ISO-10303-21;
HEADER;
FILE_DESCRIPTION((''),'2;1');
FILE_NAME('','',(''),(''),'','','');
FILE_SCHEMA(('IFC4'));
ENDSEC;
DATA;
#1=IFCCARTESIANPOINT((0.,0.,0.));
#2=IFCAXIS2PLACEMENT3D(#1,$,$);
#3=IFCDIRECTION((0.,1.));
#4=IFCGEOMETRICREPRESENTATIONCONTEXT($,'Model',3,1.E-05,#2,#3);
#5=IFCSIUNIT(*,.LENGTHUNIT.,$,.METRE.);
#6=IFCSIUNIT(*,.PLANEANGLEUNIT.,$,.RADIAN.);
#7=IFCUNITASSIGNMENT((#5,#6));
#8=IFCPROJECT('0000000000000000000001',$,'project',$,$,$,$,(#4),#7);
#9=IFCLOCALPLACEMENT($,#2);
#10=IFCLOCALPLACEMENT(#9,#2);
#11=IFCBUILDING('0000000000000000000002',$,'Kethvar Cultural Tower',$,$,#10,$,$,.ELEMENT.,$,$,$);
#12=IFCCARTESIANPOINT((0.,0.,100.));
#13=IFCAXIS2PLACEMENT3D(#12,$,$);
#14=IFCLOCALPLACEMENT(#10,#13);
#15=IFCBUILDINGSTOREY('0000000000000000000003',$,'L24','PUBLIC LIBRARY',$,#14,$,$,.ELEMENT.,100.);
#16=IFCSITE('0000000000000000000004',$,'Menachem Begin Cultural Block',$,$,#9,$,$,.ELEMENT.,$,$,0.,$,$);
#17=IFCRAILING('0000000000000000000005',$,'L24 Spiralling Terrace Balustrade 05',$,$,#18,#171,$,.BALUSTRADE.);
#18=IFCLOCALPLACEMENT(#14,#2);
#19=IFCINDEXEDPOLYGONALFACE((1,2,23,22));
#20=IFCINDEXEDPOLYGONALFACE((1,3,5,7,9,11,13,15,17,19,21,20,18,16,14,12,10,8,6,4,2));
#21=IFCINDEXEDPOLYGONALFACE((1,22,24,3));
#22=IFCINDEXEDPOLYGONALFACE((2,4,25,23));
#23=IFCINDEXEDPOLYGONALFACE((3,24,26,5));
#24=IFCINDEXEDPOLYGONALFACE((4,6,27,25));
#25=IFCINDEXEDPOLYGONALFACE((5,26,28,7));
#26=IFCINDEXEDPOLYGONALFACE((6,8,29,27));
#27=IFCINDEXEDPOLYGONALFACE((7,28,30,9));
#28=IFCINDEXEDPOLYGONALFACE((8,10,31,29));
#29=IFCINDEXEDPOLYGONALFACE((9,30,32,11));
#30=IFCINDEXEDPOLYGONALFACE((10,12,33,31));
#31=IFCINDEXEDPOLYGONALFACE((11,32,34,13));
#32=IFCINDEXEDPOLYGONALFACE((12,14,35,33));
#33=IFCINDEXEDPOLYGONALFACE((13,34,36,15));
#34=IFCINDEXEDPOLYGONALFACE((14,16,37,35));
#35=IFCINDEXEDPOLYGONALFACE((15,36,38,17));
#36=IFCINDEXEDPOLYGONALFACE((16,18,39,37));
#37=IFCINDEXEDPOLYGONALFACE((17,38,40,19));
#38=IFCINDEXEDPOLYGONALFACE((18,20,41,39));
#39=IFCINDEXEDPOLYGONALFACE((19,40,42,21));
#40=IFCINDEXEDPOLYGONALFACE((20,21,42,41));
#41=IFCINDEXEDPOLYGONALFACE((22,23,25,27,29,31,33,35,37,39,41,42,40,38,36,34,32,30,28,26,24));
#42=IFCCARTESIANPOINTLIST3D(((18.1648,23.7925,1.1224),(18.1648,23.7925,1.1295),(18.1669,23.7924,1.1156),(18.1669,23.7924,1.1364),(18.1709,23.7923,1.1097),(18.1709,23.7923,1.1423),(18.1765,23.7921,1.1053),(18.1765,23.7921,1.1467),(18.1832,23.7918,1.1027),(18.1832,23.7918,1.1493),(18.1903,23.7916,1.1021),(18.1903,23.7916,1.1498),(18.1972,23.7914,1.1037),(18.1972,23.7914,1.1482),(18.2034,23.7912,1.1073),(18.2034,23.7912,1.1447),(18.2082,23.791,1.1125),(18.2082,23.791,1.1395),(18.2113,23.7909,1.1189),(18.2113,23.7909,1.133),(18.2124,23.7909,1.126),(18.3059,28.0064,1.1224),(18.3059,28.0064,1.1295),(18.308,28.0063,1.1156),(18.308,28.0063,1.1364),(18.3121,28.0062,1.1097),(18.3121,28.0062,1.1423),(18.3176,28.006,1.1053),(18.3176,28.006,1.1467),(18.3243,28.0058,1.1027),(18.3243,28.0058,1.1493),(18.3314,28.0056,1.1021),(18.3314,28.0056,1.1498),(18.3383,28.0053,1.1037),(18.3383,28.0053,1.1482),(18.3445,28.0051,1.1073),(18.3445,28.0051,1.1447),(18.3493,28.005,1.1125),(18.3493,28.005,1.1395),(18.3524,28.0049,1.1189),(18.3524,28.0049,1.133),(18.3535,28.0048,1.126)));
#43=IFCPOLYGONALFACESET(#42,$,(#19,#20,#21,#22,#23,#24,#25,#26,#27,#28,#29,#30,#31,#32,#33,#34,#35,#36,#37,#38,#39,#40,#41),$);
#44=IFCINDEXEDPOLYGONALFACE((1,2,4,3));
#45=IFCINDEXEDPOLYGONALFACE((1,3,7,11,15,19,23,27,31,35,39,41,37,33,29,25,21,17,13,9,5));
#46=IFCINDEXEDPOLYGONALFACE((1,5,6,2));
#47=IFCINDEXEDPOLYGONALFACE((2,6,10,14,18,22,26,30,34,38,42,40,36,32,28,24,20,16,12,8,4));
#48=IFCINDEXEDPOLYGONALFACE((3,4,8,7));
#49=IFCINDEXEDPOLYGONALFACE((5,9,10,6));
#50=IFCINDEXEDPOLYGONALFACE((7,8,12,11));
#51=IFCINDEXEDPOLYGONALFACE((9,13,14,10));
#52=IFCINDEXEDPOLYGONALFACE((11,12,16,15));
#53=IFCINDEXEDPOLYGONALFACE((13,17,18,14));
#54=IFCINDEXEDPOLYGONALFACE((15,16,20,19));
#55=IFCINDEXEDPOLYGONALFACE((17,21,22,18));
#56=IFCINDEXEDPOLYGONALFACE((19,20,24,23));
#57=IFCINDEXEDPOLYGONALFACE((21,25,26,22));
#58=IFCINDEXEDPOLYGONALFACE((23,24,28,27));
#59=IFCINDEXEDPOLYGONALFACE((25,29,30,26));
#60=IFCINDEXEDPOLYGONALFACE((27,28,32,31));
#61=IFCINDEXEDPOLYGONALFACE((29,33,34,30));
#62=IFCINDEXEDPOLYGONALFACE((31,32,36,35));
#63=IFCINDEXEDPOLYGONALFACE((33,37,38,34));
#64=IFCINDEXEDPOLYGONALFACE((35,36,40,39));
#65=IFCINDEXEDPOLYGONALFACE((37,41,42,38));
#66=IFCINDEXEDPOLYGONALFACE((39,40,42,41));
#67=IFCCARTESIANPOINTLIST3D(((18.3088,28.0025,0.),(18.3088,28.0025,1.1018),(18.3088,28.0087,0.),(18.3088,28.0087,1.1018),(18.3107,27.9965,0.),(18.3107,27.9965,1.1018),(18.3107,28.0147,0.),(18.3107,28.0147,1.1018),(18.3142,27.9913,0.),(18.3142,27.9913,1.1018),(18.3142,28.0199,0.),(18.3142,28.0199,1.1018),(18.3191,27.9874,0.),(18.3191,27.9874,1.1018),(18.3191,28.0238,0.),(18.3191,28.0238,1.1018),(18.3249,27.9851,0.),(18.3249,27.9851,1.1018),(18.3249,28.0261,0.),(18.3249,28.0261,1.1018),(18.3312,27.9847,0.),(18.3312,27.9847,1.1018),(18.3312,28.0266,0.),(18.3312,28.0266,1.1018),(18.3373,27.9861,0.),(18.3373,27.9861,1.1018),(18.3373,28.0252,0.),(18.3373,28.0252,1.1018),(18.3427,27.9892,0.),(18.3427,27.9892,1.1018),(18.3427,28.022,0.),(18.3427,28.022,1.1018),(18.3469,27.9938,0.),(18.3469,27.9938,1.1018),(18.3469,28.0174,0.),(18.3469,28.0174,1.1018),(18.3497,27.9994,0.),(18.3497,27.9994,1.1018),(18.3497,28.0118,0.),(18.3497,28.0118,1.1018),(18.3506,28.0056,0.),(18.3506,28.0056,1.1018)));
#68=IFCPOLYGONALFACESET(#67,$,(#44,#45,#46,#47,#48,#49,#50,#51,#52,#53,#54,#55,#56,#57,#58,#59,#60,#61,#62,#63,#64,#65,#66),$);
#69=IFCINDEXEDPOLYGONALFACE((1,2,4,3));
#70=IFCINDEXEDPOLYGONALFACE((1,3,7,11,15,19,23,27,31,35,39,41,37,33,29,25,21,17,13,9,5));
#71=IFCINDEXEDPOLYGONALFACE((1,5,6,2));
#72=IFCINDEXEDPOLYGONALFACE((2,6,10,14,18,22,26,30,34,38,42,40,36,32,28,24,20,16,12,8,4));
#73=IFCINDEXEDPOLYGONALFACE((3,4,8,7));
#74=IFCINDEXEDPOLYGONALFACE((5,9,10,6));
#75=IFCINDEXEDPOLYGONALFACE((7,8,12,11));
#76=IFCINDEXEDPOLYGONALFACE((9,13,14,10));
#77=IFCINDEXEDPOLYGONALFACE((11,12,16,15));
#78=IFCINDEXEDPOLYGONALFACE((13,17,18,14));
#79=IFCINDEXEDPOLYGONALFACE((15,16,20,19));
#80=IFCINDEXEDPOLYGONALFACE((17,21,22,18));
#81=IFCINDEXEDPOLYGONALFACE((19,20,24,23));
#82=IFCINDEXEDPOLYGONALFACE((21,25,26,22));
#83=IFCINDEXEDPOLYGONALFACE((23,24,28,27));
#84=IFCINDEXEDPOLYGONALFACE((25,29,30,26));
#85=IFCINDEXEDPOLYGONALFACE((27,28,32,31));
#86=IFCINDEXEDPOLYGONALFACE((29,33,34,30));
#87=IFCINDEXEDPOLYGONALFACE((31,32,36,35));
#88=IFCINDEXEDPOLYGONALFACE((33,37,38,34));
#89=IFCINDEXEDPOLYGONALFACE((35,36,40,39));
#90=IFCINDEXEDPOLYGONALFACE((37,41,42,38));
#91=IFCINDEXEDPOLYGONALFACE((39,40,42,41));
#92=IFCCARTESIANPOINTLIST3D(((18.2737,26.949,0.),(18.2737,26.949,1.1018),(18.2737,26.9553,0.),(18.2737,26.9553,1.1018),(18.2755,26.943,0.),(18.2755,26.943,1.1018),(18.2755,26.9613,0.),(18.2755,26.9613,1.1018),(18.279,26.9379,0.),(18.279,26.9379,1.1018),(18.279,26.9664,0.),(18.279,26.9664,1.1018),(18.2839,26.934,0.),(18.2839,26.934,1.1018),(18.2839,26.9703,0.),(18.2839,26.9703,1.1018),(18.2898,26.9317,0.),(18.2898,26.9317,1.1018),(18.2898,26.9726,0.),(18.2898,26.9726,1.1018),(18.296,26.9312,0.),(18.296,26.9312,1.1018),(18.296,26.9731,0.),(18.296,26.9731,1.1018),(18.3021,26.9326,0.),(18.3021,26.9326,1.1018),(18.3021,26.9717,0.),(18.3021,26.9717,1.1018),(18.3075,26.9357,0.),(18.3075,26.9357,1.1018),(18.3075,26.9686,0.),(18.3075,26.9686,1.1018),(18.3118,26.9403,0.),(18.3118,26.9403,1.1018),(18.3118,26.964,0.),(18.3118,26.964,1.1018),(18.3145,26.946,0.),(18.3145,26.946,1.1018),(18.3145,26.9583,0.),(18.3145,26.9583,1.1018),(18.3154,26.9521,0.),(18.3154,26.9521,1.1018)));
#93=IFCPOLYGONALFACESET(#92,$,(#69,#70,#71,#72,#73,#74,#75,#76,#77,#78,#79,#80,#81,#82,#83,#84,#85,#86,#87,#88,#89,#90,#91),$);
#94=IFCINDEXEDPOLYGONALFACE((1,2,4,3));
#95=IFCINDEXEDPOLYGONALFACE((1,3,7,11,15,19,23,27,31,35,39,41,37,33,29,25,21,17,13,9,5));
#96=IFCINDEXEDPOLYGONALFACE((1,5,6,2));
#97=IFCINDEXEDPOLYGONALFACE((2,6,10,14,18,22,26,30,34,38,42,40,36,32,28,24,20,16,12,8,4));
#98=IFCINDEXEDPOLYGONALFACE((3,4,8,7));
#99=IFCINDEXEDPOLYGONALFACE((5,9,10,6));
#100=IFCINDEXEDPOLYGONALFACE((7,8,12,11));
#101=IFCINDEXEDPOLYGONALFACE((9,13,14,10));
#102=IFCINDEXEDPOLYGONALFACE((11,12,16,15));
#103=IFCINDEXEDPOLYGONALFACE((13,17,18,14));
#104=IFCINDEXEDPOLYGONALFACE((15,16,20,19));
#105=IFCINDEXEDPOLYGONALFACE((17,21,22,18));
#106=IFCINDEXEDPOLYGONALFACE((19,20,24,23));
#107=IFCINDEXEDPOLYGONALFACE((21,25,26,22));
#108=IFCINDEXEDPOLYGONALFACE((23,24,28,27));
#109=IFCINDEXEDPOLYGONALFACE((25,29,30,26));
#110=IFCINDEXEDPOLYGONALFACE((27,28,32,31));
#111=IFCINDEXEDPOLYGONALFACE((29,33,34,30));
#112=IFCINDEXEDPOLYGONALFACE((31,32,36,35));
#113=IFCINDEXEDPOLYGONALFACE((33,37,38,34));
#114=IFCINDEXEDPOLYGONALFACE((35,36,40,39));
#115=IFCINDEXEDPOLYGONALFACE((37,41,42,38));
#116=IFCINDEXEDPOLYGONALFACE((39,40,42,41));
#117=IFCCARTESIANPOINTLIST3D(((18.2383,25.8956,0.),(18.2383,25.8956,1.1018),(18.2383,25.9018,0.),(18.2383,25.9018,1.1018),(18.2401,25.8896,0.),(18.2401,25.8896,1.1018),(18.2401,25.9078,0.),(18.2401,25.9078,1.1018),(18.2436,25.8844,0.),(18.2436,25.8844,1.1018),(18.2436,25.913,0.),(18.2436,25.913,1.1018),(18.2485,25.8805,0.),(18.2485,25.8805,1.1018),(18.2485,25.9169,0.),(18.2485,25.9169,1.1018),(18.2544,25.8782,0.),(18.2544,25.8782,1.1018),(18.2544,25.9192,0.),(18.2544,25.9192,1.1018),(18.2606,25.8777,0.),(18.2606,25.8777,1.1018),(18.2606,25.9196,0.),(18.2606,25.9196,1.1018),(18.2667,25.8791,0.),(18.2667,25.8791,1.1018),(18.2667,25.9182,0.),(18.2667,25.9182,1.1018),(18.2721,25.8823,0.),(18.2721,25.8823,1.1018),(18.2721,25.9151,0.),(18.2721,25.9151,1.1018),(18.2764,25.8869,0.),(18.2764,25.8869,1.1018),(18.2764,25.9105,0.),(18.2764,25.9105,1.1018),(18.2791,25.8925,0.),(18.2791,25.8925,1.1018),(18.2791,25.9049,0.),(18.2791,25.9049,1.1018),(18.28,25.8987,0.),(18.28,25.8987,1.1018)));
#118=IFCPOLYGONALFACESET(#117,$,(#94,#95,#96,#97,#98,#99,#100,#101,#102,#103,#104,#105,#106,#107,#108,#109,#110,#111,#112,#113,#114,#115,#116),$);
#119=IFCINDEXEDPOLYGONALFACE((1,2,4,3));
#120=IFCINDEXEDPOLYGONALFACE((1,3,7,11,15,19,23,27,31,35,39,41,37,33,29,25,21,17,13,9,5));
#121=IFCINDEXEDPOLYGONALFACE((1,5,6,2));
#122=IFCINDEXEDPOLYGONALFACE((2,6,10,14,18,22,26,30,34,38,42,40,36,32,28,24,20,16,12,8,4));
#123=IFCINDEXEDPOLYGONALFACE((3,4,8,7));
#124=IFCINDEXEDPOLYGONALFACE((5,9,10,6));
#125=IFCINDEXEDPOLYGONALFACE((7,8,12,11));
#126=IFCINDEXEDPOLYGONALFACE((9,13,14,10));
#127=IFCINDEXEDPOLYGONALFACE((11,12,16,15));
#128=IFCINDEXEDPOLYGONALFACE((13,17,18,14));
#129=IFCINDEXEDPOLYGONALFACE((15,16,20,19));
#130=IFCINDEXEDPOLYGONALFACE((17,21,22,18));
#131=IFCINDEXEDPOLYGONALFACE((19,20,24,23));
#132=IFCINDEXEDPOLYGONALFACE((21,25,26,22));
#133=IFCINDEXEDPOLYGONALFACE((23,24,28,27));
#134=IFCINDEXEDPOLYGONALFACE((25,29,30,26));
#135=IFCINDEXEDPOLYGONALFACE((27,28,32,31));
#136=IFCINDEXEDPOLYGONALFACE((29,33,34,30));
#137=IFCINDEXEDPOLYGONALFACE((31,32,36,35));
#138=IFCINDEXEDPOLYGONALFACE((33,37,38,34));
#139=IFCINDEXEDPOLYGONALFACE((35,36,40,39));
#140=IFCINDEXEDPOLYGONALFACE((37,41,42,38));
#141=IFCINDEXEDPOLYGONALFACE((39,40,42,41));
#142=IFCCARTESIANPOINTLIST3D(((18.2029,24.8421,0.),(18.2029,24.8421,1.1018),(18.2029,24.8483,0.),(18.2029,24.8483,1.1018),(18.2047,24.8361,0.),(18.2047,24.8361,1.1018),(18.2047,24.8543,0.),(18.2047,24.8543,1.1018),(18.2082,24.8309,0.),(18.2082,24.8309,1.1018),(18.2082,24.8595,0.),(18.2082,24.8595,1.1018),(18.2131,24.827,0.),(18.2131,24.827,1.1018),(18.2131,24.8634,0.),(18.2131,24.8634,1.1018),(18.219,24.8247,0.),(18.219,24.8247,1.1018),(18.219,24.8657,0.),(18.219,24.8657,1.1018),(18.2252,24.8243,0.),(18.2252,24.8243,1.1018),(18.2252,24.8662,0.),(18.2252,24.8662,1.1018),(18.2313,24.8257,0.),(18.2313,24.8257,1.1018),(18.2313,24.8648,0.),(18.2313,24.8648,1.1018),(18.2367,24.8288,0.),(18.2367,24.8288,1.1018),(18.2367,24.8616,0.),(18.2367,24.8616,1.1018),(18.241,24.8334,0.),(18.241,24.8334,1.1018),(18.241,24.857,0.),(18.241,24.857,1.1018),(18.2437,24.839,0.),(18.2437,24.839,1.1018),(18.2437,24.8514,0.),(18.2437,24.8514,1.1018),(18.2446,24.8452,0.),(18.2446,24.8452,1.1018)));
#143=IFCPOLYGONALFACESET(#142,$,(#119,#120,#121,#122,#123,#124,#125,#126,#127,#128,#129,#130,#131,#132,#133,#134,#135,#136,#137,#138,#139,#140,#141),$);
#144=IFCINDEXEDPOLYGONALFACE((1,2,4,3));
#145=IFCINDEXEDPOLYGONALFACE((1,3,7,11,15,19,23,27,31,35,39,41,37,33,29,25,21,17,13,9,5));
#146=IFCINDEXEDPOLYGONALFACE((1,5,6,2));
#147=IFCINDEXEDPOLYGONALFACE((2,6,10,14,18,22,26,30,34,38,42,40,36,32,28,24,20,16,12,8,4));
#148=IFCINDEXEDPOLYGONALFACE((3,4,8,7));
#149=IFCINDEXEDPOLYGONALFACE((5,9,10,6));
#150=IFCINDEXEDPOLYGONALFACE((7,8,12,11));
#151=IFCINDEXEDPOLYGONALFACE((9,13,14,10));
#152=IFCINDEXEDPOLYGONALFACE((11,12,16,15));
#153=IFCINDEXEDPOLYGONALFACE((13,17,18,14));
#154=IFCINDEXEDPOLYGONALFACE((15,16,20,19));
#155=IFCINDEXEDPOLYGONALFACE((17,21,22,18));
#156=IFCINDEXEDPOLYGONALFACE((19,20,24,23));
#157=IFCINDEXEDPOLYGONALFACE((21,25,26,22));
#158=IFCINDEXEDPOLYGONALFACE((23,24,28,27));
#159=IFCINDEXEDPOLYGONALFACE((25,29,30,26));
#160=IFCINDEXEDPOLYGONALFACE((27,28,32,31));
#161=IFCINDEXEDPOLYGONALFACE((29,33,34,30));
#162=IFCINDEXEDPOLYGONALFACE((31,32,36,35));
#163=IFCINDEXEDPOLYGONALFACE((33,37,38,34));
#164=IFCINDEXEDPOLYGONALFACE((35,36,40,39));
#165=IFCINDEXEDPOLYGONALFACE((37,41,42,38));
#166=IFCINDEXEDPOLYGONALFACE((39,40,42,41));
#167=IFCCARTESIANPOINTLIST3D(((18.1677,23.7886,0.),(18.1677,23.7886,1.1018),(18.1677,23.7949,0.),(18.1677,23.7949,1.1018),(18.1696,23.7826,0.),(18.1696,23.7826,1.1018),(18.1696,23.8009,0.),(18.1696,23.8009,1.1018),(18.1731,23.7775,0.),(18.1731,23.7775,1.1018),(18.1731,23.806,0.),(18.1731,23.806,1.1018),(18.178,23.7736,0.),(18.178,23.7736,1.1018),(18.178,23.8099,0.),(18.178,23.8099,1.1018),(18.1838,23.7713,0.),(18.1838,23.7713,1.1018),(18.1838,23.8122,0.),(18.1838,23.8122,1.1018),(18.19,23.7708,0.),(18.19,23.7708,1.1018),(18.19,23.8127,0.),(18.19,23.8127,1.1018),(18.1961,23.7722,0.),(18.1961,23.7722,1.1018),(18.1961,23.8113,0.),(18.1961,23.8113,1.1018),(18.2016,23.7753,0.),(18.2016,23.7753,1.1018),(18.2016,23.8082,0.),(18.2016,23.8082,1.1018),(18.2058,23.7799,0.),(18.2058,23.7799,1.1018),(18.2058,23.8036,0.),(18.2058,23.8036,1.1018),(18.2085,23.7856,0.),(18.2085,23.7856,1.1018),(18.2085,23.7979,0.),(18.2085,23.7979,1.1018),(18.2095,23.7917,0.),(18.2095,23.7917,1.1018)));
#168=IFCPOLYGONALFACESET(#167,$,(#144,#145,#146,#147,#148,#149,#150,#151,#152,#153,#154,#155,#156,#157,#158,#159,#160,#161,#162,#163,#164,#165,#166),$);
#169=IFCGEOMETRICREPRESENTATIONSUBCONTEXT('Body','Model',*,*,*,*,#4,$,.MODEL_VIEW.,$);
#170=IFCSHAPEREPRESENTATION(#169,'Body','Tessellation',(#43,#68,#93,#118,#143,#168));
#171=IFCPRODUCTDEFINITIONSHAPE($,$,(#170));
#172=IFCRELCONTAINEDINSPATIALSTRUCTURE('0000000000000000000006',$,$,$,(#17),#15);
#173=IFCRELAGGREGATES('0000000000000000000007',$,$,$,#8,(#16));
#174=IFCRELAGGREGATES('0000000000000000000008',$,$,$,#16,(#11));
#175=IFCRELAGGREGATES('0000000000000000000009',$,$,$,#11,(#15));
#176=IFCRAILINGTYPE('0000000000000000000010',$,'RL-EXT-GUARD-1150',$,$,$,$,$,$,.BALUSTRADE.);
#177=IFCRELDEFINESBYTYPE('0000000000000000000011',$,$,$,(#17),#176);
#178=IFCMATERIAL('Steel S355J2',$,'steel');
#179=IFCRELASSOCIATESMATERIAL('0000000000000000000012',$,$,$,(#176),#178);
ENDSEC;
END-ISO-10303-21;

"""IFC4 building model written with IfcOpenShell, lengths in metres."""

from ifc_helpers import new_model, si_unit, direction, frame, origin, origin_2d, place, context, subcontext, project, spatial, circle, extrude, material, type_object, element, save


model = new_model("IFC4")

# Units and contexts
model_context = context("Model", 3, precision=1e-05, world=origin(), true_north=direction((0.0, 1.0)))
body_context = subcontext(model_context, "Body", "Model", "MODEL_VIEW")
ifc_project = project(units=[si_unit("LENGTHUNIT", "METRE"), si_unit("PLANEANGLEUNIT", "RADIAN")], contexts=[model_context])

# Site, building, storey
site_placement = place(None, origin())
site = spatial("IfcSite", under=ifc_project, at=site_placement, Name="Menachem Begin Cultural Block", CompositionType="ELEMENT", RefElevation=0.0)
building_placement = place(site_placement, origin())
building = spatial("IfcBuilding", under=site, at=building_placement, Name="Kethvar Cultural Tower", CompositionType="ELEMENT")
storey_placement = place(building_placement, frame((0.0, 0.0, 100.0)))
storey = spatial("IfcBuildingStorey", under=building, at=storey_placement, Name="L24", Description="PUBLIC LIBRARY", CompositionType="ELEMENT", Elevation=100.0)

# Shared definitions
ifc_material_1 = material(Name="Steel S355J2", Category="steel")

# Railing
railing_type = type_object("IfcRailingType", Name="RL-EXT-GUARD-1150", PredefinedType="BALUSTRADE", material=ifc_material_1)
railing_1_placement = place(storey_placement, frame((18.3296, 28.0056, 0.0)))
element("IfcRailing", 1, at=railing_1_placement, inside=storey, type_object=railing_type, Name="L24 Spiralling Terrace Balustrade 05", PredefinedType="BALUSTRADE", context=body_context, shape_type="SweptSolid", body=[
    extrude(circle(Radius=0.0239, at=origin_2d()), frame((0.0, 0.0, 1.126), z_axis=(-0.033469, -0.99944, 0.0), x_axis=(0.99944, -0.033469, 0.0)), (0.0, 0.0, 1.0), 4.2163),
    extrude(circle(Radius=0.021, at=origin_2d()), origin(), (0.0, 0.0, 1.0), 1.1018),
    extrude(circle(Radius=0.021, at=origin_2d()), frame((-0.0352, -1.0535, 0.0)), (0.0, 0.0, 1.0), 1.1018),
    extrude(circle(Radius=0.021, at=origin_2d()), frame((-0.0706, -2.1069, 0.0)), (0.0, 0.0, 1.0), 1.1018),
    extrude(circle(Radius=0.021, at=origin_2d()), frame((-0.106, -3.1604, 0.0)), (0.0, 0.0, 1.0), 1.1018),
    extrude(circle(Radius=0.021, at=origin_2d()), frame((-0.1411, -4.2139, 0.0)), (0.0, 0.0, 1.0), 1.1018),
])

save(model, "model.ifc")
